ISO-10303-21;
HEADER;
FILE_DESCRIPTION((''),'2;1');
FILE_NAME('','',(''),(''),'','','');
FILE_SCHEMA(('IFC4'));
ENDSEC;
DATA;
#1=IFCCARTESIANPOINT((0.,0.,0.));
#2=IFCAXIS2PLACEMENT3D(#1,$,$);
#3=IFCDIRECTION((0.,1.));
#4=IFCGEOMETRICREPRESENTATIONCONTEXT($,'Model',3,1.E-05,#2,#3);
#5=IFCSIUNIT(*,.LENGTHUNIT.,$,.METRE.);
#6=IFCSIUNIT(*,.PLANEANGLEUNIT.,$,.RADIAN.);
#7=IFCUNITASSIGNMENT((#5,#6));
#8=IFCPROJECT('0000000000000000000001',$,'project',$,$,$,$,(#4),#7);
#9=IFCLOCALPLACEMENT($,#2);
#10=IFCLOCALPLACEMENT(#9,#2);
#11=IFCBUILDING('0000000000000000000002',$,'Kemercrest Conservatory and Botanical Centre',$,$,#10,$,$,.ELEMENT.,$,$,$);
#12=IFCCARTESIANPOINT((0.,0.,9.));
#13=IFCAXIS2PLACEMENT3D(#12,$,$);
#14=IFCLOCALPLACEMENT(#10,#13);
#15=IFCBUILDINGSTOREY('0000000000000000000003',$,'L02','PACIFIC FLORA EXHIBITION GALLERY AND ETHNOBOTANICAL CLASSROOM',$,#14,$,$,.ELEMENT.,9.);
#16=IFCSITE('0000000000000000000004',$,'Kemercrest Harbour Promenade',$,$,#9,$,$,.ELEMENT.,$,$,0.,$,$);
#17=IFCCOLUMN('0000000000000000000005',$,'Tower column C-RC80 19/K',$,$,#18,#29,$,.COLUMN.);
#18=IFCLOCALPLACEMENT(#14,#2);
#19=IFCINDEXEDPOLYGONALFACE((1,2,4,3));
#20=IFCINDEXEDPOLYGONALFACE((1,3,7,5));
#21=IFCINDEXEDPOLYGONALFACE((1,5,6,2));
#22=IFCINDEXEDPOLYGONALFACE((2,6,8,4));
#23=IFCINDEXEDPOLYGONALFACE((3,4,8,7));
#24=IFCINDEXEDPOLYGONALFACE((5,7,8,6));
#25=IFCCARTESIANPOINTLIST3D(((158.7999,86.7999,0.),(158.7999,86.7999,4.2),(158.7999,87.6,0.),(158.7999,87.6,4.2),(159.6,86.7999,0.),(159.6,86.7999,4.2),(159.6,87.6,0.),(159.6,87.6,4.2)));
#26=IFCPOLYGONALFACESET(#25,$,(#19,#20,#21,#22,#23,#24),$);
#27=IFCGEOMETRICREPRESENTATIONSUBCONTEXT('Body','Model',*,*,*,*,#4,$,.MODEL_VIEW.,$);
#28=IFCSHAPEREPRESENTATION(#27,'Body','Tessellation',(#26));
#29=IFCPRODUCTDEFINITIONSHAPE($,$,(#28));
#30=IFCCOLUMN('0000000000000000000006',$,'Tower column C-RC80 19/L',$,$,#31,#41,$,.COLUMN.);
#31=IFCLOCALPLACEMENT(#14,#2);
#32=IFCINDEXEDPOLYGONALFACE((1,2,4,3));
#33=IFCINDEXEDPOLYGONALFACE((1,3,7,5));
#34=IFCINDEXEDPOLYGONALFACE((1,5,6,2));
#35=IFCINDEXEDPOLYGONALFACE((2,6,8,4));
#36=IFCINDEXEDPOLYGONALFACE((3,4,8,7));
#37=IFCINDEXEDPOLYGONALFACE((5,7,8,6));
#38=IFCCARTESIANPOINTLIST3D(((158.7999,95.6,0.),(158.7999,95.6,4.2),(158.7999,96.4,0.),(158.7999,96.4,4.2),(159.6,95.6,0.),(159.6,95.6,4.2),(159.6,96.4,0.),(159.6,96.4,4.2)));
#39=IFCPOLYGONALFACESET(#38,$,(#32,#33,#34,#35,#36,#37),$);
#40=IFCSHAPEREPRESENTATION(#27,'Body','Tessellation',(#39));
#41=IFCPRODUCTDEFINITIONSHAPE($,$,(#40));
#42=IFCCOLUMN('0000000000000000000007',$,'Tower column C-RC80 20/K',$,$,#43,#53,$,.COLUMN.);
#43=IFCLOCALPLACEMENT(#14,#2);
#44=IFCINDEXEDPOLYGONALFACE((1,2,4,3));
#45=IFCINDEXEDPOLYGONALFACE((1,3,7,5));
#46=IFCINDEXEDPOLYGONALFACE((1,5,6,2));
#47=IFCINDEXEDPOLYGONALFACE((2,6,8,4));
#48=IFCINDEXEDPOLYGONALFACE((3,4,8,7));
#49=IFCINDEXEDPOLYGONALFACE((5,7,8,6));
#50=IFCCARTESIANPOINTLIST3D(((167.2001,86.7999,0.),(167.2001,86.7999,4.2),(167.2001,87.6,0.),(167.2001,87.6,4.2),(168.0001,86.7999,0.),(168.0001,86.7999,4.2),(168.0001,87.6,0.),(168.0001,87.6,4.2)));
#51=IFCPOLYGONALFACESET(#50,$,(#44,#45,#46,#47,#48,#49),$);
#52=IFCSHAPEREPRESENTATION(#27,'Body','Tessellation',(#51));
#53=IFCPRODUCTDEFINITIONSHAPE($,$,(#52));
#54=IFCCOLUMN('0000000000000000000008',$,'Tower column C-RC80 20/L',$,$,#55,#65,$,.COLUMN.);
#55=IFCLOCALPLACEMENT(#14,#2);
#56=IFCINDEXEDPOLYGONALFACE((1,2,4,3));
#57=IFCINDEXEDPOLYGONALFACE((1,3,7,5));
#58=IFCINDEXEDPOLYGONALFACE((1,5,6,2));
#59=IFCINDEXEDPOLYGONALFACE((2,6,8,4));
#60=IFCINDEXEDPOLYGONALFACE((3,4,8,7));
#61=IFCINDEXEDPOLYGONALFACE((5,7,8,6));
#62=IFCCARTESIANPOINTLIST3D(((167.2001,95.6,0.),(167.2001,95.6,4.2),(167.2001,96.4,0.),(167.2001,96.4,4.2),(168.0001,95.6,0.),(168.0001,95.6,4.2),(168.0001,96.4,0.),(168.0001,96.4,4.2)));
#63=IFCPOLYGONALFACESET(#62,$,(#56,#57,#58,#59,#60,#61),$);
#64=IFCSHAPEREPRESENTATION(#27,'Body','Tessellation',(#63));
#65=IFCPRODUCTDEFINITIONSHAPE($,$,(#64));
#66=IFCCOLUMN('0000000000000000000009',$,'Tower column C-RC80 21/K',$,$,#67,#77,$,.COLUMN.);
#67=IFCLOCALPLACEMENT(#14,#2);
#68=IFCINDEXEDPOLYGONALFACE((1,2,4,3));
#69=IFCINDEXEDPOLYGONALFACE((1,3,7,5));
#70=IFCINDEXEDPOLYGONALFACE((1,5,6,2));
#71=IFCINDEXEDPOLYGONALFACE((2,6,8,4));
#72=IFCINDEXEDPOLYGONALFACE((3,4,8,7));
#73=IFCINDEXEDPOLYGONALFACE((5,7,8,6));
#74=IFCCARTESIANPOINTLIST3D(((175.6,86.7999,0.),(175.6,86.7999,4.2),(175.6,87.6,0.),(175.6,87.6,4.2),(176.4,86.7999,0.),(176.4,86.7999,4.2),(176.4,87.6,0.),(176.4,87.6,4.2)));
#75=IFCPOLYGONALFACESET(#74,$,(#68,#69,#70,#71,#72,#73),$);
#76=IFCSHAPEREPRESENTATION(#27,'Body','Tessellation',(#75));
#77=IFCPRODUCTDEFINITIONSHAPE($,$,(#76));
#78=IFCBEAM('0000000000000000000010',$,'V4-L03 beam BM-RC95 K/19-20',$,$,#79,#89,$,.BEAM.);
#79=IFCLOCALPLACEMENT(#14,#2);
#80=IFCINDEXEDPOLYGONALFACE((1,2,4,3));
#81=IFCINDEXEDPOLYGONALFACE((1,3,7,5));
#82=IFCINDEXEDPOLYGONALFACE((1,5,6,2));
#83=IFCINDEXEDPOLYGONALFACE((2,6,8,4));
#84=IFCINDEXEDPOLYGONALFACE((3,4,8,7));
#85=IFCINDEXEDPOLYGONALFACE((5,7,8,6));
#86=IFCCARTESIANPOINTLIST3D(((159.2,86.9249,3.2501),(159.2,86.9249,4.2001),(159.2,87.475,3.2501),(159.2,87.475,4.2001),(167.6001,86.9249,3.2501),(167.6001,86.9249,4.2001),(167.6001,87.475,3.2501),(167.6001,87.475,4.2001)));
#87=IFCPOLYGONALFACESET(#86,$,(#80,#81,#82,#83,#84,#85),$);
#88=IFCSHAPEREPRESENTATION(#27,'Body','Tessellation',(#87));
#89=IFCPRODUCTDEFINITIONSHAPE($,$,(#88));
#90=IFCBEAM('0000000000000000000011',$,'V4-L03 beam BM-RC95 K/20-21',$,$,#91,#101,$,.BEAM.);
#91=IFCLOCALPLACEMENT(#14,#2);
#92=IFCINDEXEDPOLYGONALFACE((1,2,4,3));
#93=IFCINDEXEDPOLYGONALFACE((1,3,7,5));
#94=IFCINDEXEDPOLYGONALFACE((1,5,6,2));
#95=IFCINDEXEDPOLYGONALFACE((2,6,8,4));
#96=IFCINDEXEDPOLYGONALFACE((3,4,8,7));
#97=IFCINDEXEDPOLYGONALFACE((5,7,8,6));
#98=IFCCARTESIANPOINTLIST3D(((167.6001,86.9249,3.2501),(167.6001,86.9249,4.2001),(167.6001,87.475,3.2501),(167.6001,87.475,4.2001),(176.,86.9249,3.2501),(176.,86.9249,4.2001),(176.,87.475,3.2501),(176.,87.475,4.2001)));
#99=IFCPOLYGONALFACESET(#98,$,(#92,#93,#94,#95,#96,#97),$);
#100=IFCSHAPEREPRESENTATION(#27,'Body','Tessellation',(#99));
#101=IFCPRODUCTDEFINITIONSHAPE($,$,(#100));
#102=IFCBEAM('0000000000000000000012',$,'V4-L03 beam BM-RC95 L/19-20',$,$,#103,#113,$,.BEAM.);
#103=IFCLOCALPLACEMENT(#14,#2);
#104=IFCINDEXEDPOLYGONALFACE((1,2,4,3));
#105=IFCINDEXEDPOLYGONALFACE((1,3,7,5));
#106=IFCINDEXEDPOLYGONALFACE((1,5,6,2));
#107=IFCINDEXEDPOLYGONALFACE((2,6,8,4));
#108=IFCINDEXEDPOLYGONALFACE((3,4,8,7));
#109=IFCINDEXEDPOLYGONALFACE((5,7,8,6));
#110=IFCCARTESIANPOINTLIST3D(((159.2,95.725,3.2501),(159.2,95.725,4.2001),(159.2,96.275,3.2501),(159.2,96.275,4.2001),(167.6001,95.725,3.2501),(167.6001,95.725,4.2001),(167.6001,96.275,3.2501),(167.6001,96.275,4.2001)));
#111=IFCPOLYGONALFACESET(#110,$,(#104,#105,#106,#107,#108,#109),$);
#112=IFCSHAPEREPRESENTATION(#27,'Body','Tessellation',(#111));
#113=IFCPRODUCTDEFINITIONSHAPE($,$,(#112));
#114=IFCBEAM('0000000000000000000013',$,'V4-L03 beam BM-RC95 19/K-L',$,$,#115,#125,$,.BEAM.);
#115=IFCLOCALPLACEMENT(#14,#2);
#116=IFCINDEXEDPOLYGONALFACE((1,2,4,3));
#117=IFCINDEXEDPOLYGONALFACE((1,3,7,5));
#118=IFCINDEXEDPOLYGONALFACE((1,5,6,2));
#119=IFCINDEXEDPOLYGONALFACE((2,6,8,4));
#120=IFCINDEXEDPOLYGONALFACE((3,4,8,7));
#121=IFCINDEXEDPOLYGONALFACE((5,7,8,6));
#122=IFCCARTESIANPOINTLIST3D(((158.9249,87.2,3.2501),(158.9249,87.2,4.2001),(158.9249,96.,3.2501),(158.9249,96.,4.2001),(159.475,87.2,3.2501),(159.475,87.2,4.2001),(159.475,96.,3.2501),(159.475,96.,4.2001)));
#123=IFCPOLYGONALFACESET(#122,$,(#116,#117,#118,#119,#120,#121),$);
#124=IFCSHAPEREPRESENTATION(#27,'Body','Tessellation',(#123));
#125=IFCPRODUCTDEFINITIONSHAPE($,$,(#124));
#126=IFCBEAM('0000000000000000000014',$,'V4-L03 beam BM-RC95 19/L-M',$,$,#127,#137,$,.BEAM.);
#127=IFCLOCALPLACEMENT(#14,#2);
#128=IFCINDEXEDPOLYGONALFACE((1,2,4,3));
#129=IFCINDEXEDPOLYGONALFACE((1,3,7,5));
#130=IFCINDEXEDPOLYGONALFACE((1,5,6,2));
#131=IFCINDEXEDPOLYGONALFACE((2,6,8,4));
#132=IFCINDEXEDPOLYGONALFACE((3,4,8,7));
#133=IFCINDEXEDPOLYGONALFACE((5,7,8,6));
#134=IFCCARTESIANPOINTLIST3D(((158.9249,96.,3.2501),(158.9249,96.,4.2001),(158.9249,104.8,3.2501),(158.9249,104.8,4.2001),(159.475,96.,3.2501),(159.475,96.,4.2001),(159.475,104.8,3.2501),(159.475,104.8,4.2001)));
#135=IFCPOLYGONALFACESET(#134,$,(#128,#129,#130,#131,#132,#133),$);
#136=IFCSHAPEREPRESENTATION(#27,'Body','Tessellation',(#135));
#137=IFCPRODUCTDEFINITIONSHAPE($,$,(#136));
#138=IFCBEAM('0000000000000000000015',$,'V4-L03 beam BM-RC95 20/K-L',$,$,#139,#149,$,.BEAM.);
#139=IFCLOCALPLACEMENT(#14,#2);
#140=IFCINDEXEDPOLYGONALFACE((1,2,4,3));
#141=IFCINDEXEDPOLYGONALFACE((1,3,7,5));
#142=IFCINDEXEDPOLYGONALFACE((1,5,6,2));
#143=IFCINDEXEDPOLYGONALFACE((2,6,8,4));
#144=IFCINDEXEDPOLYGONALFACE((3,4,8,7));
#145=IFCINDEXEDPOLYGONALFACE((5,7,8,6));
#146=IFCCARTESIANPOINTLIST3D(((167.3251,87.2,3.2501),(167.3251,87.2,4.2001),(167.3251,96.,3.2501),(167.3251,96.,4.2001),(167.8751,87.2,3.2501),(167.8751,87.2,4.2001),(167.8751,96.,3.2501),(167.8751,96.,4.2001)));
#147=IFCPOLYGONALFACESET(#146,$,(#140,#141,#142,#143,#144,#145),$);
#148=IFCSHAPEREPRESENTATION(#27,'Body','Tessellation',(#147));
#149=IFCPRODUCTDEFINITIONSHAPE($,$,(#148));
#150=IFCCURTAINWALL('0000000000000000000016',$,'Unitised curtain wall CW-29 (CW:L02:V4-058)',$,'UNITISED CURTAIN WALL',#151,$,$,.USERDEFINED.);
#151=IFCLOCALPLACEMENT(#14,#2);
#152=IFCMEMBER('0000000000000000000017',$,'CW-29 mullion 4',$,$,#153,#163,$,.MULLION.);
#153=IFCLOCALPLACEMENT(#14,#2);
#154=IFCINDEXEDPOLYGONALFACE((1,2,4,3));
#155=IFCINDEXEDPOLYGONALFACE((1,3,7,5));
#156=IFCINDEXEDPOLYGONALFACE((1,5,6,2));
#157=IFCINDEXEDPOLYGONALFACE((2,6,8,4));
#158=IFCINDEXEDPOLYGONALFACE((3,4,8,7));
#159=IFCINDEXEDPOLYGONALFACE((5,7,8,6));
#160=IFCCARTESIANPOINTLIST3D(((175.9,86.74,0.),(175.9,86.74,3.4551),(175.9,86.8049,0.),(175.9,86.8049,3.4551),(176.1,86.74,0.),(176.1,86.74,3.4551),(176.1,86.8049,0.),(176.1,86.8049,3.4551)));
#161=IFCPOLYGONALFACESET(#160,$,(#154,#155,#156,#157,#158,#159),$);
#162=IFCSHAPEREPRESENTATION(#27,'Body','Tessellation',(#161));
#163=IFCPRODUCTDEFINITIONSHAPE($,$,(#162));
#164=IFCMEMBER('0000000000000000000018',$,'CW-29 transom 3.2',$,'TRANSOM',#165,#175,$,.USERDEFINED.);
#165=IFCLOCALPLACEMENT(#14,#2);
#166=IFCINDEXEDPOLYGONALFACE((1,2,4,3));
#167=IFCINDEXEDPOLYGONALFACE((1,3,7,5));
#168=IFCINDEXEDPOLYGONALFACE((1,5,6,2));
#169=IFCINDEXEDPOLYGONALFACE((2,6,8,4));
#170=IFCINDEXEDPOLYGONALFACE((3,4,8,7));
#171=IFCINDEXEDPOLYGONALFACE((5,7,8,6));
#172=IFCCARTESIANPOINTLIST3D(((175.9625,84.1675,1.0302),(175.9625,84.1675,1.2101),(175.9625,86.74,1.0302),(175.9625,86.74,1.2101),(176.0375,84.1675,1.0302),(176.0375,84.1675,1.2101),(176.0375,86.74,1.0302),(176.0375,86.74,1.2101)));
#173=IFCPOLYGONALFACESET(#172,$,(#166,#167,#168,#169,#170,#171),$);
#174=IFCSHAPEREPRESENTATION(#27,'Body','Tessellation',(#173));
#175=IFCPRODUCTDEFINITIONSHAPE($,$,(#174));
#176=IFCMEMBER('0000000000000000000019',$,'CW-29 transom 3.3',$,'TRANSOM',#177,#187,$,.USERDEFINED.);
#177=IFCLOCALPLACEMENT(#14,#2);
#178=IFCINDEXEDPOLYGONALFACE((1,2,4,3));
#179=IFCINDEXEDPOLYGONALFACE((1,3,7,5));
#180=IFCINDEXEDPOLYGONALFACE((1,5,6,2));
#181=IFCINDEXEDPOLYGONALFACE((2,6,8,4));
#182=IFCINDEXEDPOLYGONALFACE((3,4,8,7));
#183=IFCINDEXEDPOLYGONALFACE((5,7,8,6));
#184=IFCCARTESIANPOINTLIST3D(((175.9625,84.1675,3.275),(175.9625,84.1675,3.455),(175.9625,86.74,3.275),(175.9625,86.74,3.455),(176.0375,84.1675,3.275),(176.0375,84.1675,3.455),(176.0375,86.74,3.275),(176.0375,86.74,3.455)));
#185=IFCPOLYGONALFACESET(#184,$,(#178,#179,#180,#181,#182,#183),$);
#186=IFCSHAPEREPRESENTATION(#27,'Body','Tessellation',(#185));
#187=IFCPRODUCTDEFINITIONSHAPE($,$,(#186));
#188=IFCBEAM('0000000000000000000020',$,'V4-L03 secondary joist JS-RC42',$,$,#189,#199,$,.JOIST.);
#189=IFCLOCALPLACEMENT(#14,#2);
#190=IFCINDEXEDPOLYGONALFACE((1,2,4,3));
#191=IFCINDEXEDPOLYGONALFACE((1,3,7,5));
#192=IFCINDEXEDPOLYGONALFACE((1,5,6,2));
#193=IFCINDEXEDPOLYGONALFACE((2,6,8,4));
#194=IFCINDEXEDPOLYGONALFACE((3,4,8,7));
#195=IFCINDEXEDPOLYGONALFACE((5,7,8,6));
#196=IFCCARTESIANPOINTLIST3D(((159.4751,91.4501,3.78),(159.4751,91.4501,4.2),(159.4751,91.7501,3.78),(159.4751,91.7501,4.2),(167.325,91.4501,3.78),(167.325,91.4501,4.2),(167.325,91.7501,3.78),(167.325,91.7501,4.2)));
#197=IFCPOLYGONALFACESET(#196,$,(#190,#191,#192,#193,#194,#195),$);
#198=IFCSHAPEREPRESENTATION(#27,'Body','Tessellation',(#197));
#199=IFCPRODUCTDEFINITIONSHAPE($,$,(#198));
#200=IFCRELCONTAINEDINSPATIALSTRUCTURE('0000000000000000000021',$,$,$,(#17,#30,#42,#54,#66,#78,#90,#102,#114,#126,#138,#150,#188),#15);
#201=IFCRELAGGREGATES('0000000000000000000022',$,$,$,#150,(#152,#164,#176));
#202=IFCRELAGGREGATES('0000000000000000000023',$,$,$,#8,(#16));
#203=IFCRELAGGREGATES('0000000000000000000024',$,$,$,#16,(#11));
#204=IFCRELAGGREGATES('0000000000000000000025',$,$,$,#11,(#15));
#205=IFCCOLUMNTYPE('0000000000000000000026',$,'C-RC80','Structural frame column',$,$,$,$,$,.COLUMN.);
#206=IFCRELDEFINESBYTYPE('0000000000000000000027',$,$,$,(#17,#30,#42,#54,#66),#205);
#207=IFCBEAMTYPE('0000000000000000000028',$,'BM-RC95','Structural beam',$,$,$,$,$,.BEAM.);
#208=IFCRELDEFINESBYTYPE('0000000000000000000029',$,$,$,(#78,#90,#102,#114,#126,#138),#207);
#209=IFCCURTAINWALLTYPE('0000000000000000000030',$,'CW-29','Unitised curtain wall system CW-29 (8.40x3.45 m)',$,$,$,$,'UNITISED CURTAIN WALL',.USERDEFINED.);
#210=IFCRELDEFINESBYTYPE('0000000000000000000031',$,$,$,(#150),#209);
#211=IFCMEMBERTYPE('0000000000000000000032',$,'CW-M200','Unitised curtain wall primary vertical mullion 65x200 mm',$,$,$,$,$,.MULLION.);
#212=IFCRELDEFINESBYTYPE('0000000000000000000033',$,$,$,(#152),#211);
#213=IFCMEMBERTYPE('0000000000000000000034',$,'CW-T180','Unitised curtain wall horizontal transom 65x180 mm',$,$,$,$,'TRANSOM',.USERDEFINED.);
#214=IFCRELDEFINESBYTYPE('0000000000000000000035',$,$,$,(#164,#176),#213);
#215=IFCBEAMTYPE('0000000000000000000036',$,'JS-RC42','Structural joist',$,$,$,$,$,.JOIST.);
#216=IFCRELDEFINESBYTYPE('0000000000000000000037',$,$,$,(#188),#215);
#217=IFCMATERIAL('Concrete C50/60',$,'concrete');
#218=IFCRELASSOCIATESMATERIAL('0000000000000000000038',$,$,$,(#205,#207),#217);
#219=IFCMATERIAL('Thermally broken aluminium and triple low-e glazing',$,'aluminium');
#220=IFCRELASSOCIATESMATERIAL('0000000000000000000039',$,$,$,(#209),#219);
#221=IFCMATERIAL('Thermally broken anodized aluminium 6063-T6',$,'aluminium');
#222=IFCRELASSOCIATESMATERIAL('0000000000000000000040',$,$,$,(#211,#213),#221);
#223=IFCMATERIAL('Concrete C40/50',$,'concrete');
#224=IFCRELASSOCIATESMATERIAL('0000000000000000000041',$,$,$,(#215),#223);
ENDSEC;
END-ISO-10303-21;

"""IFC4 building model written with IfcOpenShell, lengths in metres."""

from ifc_helpers import new_model, si_unit, direction, frame, origin, origin_2d, place, context, subcontext, project, spatial, rectangle, extrude, material, material_profile, profile_set, type_object, element, aggregate, save


model = new_model("IFC4")

# Units and contexts
model_context = context("Model", 3, precision=1e-05, world=origin(), true_north=direction((0.0, 1.0)))
body_context = subcontext(model_context, "Body", "Model", "MODEL_VIEW")
ifc_project = project(units=[si_unit("LENGTHUNIT", "METRE"), si_unit("PLANEANGLEUNIT", "RADIAN")], contexts=[model_context])

# Site, building, storey
site_placement = place(None, origin())
site = spatial("IfcSite", under=ifc_project, at=site_placement, Name="Kemercrest Harbour Promenade", CompositionType="ELEMENT", RefElevation=0.0)
building_placement = place(site_placement, origin())
building = spatial("IfcBuilding", under=site, at=building_placement, Name="Kemercrest Conservatory and Botanical Centre", CompositionType="ELEMENT")
storey_placement = place(building_placement, frame((0.0, 0.0, 9.0)))
storey = spatial("IfcBuildingStorey", under=building, at=storey_placement, Name="L02", Description="PACIFIC FLORA EXHIBITION GALLERY AND ETHNOBOTANICAL CLASSROOM", CompositionType="ELEMENT", Elevation=9.0)

# Columns
ifc_material_1 = material(Name="Concrete C50/60", Category="concrete")
ifc_material_profile_1 = material_profile(ifc_material_1, rectangle(XDim=0.8, YDim=0.8, at=origin_2d()), Name="RC 800x800")
ifc_profile_set_1 = profile_set([ifc_material_profile_1], Name="Concrete C50/60")
column_type = type_object("IfcColumnType", Name="C-RC80", Description="Structural frame column", PredefinedType="COLUMN", material=ifc_profile_set_1)
for number, where, z_axis, x_axis, name in (
    (1, (159.2, 87.2, 0.0), (0.0, 0.0, 1.0), (1.0, 0.0, 0.0), "Tower column C-RC80 19/K"),
    (2, (159.2, 96.0, 0.0), (0.0, 0.0, 1.0), (1.0, 0.0, 0.0), "Tower column C-RC80 19/L"),
    (3, (167.6001, 87.2, 0.0), (0.0, 0.0, 1.0), (1.0, 0.0, 0.0), "Tower column C-RC80 20/K"),
    (4, (167.6001, 96.0, 0.0), (0.0, 0.0, 1.0), (1.0, 0.0, 0.0), "Tower column C-RC80 20/L"),
    (5, (176.0, 87.2, 0.0), (0.0, 0.0, 1.0), (1.0, 0.0, 0.0), "Tower column C-RC80 21/K"),
):
    element("IfcColumn", number, at=place(storey_placement, frame(where, z_axis=z_axis, x_axis=x_axis)), inside=storey, type_object=column_type, Name=name, PredefinedType="COLUMN", context=body_context, shape_type="SweptSolid", body=[
        extrude(rectangle(XDim=0.8, YDim=0.8, at=origin_2d()), origin(), (0.0, 0.0, 1.0), 4.2),
    ])

# Beams
ifc_material_profile_2 = material_profile(ifc_material_1, rectangle(XDim=0.55, YDim=0.95, at=origin_2d()), Name="RC 550x950")
ifc_profile_set_2 = profile_set([ifc_material_profile_2], Name="Concrete C50/60")
beam_type_1 = type_object("IfcBeamType", Name="BM-RC95", Description="Structural beam", PredefinedType="BEAM", material=ifc_profile_set_2)
beam_1_placement = place(storey_placement, frame((159.2, 87.2, 3.7251), z_axis=(1.0, 0.0, 0.0), x_axis=(0.0, 1.0, 0.0)))
element("IfcBeam", 6, at=beam_1_placement, inside=storey, type_object=beam_type_1, Name="V4-L03 beam BM-RC95 K/19-20", PredefinedType="BEAM", context=body_context, shape_type="SweptSolid", body=[
    extrude(rectangle(XDim=0.55, YDim=0.95, at=origin_2d()), origin(), (0.0, 0.0, 1.0), 8.4001),
])
beam_2_placement = place(storey_placement, frame((167.6001, 87.2, 3.7251), z_axis=(1.0, 0.0, 0.0), x_axis=(0.0, 1.0, 0.0)))
element("IfcBeam", 7, at=beam_2_placement, inside=storey, type_object=beam_type_1, Name="V4-L03 beam BM-RC95 K/20-21", PredefinedType="BEAM", context=body_context, shape_type="SweptSolid", body=[
    extrude(rectangle(XDim=0.55, YDim=0.95, at=origin_2d()), origin(), (0.0, 0.0, 1.0), 8.3999),
])
beam_3_placement = place(storey_placement, frame((159.2, 96.0, 3.7251), z_axis=(1.0, 0.0, 0.0), x_axis=(0.0, 1.0, 0.0)))
element("IfcBeam", 8, at=beam_3_placement, inside=storey, type_object=beam_type_1, Name="V4-L03 beam BM-RC95 L/19-20", PredefinedType="BEAM", context=body_context, shape_type="SweptSolid", body=[
    extrude(rectangle(XDim=0.55, YDim=0.95, at=origin_2d()), origin(), (0.0, 0.0, 1.0), 8.4001),
])
for number, where, z_axis, x_axis, name in (
    (9, (159.2, 87.2, 3.7251), (0.0, 1.0, 0.0), (-1.0, 0.0, 0.0), "V4-L03 beam BM-RC95 19/K-L"),
    (10, (159.2, 96.0, 3.7251), (0.0, 1.0, 0.0), (-1.0, 0.0, 0.0), "V4-L03 beam BM-RC95 19/L-M"),
    (11, (167.6001, 87.2, 3.7251), (0.0, 1.0, 0.0), (-1.0, 0.0, 0.0), "V4-L03 beam BM-RC95 20/K-L"),
):
    element("IfcBeam", number, at=place(storey_placement, frame(where, z_axis=z_axis, x_axis=x_axis)), inside=storey, type_object=beam_type_1, Name=name, PredefinedType="BEAM", context=body_context, shape_type="SweptSolid", body=[
        extrude(rectangle(XDim=0.55, YDim=0.95, at=origin_2d()), origin(), (0.0, 0.0, 1.0), 8.8),
    ])

# Curtain wall, members
ifc_material_2 = material(Name="Thermally broken aluminium and triple low-e glazing", Category="aluminium")
curtain_wall_type = type_object("IfcCurtainWallType", Name="CW-29", Description="Unitised curtain wall system CW-29 (8.40x3.45 m)", ElementType="UNITISED CURTAIN WALL", PredefinedType="USERDEFINED", material=ifc_material_2)
curtain_wall_placement = place(storey_placement, origin())
curtain_wall = element("IfcCurtainWall", 12, at=curtain_wall_placement, inside=storey, type_object=curtain_wall_type, Name="Unitised curtain wall CW-29 (CW:L02:V4-058)", ObjectType="UNITISED CURTAIN WALL", PredefinedType="USERDEFINED")
ifc_material_3 = material(Name="Thermally broken anodized aluminium 6063-T6", Category="aluminium")
ifc_material_profile_3 = material_profile(ifc_material_3, rectangle(XDim=0.2, YDim=0.0649, at=origin_2d()), Name="AL MULLION 65x200")
ifc_profile_set_3 = profile_set([ifc_material_profile_3], Name="Thermally broken anodized aluminium 6063-T6")
member_type_1 = type_object("IfcMemberType", Name="CW-M200", Description="Unitised curtain wall primary vertical mullion 65x200 mm", PredefinedType="MULLION", material=ifc_profile_set_3)
member_1_placement = place(storey_placement, frame((176.0, 86.7725, 0.0), z_axis=(0.0, 0.0, 1.0), x_axis=(-1.0, 0.0, 0.0)))
member_1 = element("IfcMember", 13, at=member_1_placement, type_object=member_type_1, Name="CW-29 mullion 4", PredefinedType="MULLION", context=body_context, shape_type="SweptSolid", body=[
    extrude(rectangle(XDim=0.2, YDim=0.0649, at=origin_2d()), origin(), (0.0, 0.0, 1.0), 3.4551),
])
ifc_material_profile_4 = material_profile(ifc_material_3, rectangle(XDim=0.075, YDim=0.1799, at=origin_2d()), Name="AL TRANSOM 75x180")
ifc_profile_set_4 = profile_set([ifc_material_profile_4], Name="Thermally broken anodized aluminium 6063-T6")
member_type_2 = type_object("IfcMemberType", Name="CW-T180", Description="Unitised curtain wall horizontal transom 65x180 mm", ElementType="TRANSOM", PredefinedType="USERDEFINED", material=ifc_profile_set_4)
member_2_placement = place(storey_placement, frame((176.0, 84.1675, 1.1201), z_axis=(0.0, 1.0, 0.0), x_axis=(-1.0, 0.0, 0.0)))
member_2 = element("IfcMember", 14, at=member_2_placement, type_object=member_type_2, Name="CW-29 transom 3.2", ObjectType="TRANSOM", PredefinedType="USERDEFINED", context=body_context, shape_type="SweptSolid", body=[
    extrude(rectangle(XDim=0.075, YDim=0.1799, at=origin_2d()), origin(), (0.0, 0.0, 1.0), 2.5725),
])
member_3_placement = place(storey_placement, frame((176.0, 84.1675, 3.365), z_axis=(0.0, 1.0, 0.0), x_axis=(-1.0, 0.0, 0.0)))
member_3 = element("IfcMember", 15, at=member_3_placement, type_object=member_type_2, Name="CW-29 transom 3.3", ObjectType="TRANSOM", PredefinedType="USERDEFINED", context=body_context, shape_type="SweptSolid", body=[
    extrude(rectangle(XDim=0.075, YDim=0.1799, at=origin_2d()), origin(), (0.0, 0.0, 1.0), 2.5725),
])

# Beam
ifc_material_4 = material(Name="Concrete C40/50", Category="concrete")
ifc_material_profile_5 = material_profile(ifc_material_4, rectangle(XDim=0.3, YDim=0.4199, at=origin_2d()), Name="RC 300x420")
ifc_profile_set_5 = profile_set([ifc_material_profile_5], Name="Concrete C40/50")
beam_type_2 = type_object("IfcBeamType", Name="JS-RC42", Description="Structural joist", PredefinedType="JOIST", material=ifc_profile_set_5)
beam_4_placement = place(storey_placement, frame((159.4751, 91.6001, 3.99), z_axis=(1.0, 0.0, 0.0), x_axis=(0.0, 1.0, 0.0)))
element("IfcBeam", 16, at=beam_4_placement, inside=storey, type_object=beam_type_2, Name="V4-L03 secondary joist JS-RC42", PredefinedType="JOIST", context=body_context, shape_type="SweptSolid", body=[
    extrude(rectangle(XDim=0.3, YDim=0.4199, at=origin_2d()), origin(), (0.0, 0.0, 1.0), 7.8499),
])

aggregate(curtain_wall, [member_1, member_2, member_3])

save(model, "model.ifc")
